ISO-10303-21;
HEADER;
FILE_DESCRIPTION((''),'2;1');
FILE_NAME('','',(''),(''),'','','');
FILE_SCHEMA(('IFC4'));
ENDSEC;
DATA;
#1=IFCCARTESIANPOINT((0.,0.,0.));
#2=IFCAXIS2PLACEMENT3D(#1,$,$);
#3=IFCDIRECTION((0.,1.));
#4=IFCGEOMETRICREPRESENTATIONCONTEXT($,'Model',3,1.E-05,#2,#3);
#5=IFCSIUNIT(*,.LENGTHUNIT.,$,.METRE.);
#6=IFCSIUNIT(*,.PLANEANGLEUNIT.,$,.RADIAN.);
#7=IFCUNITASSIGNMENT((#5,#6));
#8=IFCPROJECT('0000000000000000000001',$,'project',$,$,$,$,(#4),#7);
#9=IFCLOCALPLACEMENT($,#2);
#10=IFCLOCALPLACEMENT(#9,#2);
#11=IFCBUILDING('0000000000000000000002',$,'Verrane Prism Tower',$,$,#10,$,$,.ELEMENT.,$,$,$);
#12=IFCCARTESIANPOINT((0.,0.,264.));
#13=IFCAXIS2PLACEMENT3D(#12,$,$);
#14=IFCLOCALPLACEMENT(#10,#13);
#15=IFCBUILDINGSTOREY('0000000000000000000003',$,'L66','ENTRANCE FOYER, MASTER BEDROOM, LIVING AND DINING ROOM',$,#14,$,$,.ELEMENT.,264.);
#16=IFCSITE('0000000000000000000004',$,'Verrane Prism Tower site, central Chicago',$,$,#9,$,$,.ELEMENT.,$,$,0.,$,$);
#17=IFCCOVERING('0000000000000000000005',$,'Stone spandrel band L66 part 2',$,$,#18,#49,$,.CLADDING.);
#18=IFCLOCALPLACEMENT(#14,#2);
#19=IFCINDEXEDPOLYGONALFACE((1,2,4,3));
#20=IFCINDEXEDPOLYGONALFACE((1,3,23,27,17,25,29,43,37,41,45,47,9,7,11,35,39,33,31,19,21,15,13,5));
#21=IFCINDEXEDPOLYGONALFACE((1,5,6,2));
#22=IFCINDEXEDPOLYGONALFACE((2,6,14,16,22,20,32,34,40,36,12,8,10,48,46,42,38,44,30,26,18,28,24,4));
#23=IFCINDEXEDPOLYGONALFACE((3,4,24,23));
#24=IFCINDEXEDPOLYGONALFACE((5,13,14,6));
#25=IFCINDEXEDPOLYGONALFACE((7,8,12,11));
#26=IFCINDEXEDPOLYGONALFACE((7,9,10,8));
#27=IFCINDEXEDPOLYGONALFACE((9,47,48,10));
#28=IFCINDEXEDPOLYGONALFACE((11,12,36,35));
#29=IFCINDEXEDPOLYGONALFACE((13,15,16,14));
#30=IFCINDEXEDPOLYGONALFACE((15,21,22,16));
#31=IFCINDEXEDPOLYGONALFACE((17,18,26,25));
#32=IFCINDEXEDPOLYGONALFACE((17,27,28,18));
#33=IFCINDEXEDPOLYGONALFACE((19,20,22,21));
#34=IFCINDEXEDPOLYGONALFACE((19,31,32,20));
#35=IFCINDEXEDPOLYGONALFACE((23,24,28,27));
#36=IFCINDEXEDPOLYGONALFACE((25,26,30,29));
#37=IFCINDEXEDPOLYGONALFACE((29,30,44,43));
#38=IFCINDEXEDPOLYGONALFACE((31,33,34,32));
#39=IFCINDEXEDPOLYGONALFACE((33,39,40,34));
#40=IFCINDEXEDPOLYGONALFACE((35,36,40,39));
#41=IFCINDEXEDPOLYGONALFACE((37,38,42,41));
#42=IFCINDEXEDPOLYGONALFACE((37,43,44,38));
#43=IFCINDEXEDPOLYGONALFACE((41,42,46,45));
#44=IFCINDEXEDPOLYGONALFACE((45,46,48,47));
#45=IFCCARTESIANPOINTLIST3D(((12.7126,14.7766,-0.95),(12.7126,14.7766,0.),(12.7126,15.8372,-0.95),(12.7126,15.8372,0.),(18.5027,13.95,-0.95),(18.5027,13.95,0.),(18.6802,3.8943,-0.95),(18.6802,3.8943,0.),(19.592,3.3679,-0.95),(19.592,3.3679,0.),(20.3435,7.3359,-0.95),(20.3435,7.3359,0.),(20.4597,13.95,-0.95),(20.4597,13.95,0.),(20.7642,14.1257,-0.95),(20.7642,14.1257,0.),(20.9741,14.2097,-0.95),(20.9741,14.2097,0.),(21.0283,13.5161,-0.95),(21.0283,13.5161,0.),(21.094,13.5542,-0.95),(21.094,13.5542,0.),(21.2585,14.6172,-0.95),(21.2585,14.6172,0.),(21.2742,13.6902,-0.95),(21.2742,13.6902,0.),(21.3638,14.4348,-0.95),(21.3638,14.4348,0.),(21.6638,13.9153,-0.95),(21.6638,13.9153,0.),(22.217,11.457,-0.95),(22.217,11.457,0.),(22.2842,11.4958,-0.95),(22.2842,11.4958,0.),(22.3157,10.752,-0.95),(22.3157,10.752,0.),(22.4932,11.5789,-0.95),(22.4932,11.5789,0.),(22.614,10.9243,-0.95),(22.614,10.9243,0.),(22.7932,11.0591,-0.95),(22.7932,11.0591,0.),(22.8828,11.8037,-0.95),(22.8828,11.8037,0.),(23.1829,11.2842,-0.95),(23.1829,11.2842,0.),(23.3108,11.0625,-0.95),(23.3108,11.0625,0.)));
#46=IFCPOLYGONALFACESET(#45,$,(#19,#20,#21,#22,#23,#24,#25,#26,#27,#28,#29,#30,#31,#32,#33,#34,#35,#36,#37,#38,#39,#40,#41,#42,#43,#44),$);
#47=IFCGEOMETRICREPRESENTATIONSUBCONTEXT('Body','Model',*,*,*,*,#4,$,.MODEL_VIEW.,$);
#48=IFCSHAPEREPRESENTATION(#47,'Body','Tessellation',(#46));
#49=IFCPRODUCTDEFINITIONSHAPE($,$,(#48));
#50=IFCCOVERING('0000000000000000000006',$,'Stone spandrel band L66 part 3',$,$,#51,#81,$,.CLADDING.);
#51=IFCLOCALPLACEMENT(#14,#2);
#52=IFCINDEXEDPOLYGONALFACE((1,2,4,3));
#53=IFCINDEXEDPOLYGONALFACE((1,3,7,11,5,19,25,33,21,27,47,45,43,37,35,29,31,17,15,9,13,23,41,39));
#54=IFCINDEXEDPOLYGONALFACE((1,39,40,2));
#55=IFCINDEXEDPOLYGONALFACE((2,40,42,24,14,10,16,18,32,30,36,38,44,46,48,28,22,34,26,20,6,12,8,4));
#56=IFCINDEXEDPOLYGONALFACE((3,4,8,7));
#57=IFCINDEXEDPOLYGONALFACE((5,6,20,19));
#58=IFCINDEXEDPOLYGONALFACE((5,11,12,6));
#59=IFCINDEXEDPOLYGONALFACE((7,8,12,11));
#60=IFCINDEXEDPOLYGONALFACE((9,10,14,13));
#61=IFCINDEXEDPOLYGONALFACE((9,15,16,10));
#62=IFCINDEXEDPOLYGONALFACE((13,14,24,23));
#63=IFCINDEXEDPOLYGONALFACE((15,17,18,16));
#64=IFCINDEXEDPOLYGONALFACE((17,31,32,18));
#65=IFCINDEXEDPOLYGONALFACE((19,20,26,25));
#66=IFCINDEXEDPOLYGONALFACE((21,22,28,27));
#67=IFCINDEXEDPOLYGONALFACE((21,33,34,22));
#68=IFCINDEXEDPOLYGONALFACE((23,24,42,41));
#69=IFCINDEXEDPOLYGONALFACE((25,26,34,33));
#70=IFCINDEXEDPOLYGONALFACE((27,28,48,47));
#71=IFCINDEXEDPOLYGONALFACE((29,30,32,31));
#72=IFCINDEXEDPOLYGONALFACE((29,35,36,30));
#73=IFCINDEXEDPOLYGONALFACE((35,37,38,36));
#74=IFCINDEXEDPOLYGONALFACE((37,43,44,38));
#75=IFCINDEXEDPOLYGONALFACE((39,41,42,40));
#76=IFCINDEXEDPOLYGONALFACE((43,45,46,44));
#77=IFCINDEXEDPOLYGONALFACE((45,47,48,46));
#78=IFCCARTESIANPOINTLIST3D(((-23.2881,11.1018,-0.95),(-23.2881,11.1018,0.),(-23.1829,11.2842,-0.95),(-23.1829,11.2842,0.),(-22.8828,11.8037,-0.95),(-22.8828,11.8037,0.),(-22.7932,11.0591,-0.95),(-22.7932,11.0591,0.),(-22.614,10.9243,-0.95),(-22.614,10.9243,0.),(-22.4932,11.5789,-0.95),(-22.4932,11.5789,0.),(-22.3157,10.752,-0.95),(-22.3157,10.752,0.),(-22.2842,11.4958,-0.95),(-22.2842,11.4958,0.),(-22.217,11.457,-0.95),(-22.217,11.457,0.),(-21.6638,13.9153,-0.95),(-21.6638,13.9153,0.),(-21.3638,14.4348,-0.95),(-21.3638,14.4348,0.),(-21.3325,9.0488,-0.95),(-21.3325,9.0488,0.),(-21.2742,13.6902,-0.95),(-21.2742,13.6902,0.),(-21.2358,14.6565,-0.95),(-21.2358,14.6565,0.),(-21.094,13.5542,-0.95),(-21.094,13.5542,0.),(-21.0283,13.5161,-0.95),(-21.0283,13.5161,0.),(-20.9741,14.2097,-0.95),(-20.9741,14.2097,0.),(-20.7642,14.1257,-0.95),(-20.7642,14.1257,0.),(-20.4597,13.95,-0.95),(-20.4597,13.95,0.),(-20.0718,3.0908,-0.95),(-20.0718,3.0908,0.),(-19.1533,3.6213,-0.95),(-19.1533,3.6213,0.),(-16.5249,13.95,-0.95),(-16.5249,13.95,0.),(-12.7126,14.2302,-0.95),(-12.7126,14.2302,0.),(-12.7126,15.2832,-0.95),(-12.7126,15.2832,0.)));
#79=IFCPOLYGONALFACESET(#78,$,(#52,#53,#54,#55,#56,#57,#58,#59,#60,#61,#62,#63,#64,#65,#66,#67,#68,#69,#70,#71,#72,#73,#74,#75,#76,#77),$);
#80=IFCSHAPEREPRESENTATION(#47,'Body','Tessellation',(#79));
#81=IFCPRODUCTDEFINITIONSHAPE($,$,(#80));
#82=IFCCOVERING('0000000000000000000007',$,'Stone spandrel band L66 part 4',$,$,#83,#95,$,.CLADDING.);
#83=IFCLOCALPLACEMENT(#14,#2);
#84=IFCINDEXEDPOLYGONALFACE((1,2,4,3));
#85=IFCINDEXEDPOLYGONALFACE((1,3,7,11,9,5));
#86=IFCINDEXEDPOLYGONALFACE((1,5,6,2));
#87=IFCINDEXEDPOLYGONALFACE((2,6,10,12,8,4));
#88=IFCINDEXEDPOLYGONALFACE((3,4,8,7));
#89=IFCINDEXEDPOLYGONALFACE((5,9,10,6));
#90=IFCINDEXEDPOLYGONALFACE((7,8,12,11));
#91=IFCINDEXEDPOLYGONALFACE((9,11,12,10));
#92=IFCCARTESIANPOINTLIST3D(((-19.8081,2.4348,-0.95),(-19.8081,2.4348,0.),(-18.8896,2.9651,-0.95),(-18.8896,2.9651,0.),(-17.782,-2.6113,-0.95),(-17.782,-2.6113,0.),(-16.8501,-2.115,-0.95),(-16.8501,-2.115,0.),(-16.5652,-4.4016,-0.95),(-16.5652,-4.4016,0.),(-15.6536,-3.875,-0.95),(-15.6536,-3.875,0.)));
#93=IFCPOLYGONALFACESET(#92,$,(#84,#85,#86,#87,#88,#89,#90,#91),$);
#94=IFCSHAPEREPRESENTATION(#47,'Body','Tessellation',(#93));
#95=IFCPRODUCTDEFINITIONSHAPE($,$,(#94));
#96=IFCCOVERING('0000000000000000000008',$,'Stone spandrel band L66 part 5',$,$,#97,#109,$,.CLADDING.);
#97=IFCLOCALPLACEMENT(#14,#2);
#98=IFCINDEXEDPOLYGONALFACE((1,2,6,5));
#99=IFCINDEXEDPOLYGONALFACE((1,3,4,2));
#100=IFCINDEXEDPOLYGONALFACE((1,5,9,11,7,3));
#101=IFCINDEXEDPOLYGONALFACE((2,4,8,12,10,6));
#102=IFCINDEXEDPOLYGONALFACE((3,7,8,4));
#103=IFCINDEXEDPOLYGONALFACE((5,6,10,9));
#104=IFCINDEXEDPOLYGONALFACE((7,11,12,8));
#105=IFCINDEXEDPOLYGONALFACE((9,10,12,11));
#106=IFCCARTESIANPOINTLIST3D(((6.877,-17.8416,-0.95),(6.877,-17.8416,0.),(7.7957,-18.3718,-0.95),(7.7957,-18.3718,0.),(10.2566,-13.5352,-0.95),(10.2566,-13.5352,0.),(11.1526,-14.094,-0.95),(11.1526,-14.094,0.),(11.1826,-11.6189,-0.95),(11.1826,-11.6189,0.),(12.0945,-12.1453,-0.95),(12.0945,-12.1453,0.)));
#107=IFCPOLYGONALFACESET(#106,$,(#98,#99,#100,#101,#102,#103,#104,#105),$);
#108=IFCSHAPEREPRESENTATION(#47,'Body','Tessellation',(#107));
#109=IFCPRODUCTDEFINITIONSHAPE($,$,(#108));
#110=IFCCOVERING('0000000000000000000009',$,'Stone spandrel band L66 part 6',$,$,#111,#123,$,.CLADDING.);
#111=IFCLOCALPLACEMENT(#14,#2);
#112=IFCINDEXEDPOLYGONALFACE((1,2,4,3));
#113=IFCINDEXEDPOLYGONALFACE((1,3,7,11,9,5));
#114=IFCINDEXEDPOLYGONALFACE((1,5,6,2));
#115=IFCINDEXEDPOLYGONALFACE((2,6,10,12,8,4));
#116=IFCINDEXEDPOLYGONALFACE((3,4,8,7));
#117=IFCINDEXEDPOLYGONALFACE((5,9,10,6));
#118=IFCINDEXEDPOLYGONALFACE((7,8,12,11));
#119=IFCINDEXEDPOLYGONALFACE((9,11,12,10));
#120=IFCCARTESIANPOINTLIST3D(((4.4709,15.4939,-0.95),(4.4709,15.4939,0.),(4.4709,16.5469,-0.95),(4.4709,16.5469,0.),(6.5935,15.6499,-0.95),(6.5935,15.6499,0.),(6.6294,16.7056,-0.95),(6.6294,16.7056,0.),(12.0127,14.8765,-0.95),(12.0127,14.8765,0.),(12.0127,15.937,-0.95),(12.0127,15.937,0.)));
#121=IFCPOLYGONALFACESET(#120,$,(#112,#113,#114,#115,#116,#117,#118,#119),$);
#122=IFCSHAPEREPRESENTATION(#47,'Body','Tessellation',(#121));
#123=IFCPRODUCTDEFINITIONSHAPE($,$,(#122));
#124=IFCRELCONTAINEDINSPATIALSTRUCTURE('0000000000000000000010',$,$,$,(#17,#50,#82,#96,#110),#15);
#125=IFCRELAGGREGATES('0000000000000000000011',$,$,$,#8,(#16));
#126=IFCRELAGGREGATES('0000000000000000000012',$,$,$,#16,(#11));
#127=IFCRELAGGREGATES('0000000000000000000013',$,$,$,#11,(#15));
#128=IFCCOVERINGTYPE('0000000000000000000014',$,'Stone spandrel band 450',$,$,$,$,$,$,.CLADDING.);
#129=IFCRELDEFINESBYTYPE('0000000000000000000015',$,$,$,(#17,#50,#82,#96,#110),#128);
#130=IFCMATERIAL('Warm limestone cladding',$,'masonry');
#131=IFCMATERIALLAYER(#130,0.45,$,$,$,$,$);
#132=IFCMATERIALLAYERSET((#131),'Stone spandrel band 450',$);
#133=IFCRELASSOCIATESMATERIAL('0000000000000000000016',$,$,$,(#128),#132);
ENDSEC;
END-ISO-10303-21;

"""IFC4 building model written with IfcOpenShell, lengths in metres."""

from ifc_helpers import new_model, si_unit, direction, frame, origin, place, context, subcontext, project, spatial, polyline, outline, extrude, material, layer, layer_set, type_object, element, save


model = new_model("IFC4")

# Units and contexts
model_context = context("Model", 3, precision=1e-05, world=origin(), true_north=direction((0.0, 1.0)))
body_context = subcontext(model_context, "Body", "Model", "MODEL_VIEW")
ifc_project = project(units=[si_unit("LENGTHUNIT", "METRE"), si_unit("PLANEANGLEUNIT", "RADIAN")], contexts=[model_context])

# Site, building, storey
site_placement = place(None, origin())
site = spatial("IfcSite", under=ifc_project, at=site_placement, Name="Verrane Prism Tower site, central Chicago", CompositionType="ELEMENT", RefElevation=0.0)
building_placement = place(site_placement, origin())
building = spatial("IfcBuilding", under=site, at=building_placement, Name="Verrane Prism Tower", CompositionType="ELEMENT")
storey_placement = place(building_placement, frame((0.0, 0.0, 264.0)))
storey = spatial("IfcBuildingStorey", under=building, at=storey_placement, Name="L66", Description="ENTRANCE FOYER, MASTER BEDROOM, LIVING AND DINING ROOM", CompositionType="ELEMENT", Elevation=264.0)

# Coverings
ifc_material_1 = material(Name="Warm limestone cladding", Category="masonry")
ifc_layer_1 = layer(ifc_material_1, 0.45)
ifc_layer_set_1 = layer_set([ifc_layer_1], Name="Stone spandrel band 450")
covering_type_1 = type_object("IfcCoveringType", Name="Stone spandrel band 450", PredefinedType="CLADDING", material=ifc_layer_set_1)
covering_1_placement = place(storey_placement, frame((0.0, 0.0, -0.95)))
element("IfcCovering", 1, at=covering_1_placement, inside=storey, type_object=covering_type_1, Name="Stone spandrel band L66 part 2", PredefinedType="CLADDING", context=body_context, shape_type="SweptSolid", body=[
    extrude(outline(polyline([(12.7126, 14.7766), (18.5027, 13.95), (20.4597, 13.95), (20.7642, 14.1257), (21.094, 13.5542), (21.0283, 13.5161), (22.217, 11.457), (22.2842, 11.4958), (22.614, 10.9243), (22.3157, 10.752), (20.3435, 7.3359), (18.6802, 3.8943), (19.592, 3.3679), (23.3108, 11.0625), (23.1829, 11.2842), (22.7932, 11.0591), (22.4932, 11.5789), (22.8828, 11.8037), (21.6638, 13.9153), (21.2742, 13.6902), (20.9741, 14.2097), (21.3638, 14.4348), (21.2585, 14.6172), (12.7126, 15.8372), (12.7126, 14.7766)])), origin(), (0.0, 0.0, 1.0), 0.95),
])
covering_2_placement = place(storey_placement, frame((0.0, 0.0, -0.95)))
element("IfcCovering", 2, at=covering_2_placement, inside=storey, type_object=covering_type_1, Name="Stone spandrel band L66 part 3", PredefinedType="CLADDING", context=body_context, shape_type="SweptSolid", body=[
    extrude(outline(polyline([(-19.1533, 3.6213), (-21.3325, 9.0488), (-22.3157, 10.752), (-22.614, 10.9243), (-22.2842, 11.4958), (-22.217, 11.457), (-21.0283, 13.5161), (-21.094, 13.5542), (-20.7642, 14.1257), (-20.4597, 13.95), (-16.5249, 13.95), (-12.7126, 14.2302), (-12.7126, 15.2832), (-21.2358, 14.6565), (-21.3638, 14.4348), (-20.9741, 14.2097), (-21.2742, 13.6902), (-21.6638, 13.9153), (-22.8828, 11.8037), (-22.4932, 11.5789), (-22.7932, 11.0591), (-23.1829, 11.2842), (-23.2881, 11.1018), (-20.0718, 3.0908), (-19.1533, 3.6213)])), origin(), (0.0, 0.0, 1.0), 0.95),
])
covering_3_placement = place(storey_placement, frame((0.0, 0.0, -0.95)))
element("IfcCovering", 3, at=covering_3_placement, inside=storey, type_object=covering_type_1, Name="Stone spandrel band L66 part 4", PredefinedType="CLADDING", context=body_context, shape_type="SweptSolid", body=[
    extrude(outline(polyline([(-15.6536, -3.875), (-16.8501, -2.115), (-18.8896, 2.9651), (-19.8081, 2.4348), (-17.782, -2.6113), (-16.5652, -4.4016), (-15.6536, -3.875)])), origin(), (0.0, 0.0, 1.0), 0.95),
])
covering_4_placement = place(storey_placement, frame((0.0, 0.0, -0.95)))
element("IfcCovering", 4, at=covering_4_placement, inside=storey, type_object=covering_type_1, Name="Stone spandrel band L66 part 5", PredefinedType="CLADDING", context=body_context, shape_type="SweptSolid", body=[
    extrude(outline(polyline([(12.0945, -12.1453), (11.1826, -11.6189), (10.2566, -13.5352), (6.877, -17.8416), (7.7957, -18.3718), (11.1526, -14.094), (12.0945, -12.1453)])), origin(), (0.0, 0.0, 1.0), 0.95),
])
covering_5_placement = place(storey_placement, frame((0.0, 0.0, -0.95)))
element("IfcCovering", 5, at=covering_5_placement, inside=storey, type_object=covering_type_1, Name="Stone spandrel band L66 part 6", PredefinedType="CLADDING", context=body_context, shape_type="SweptSolid", body=[
    extrude(outline(polyline([(4.4709, 16.5469), (4.4709, 15.4939), (6.5935, 15.6499), (12.0127, 14.8765), (12.0127, 15.937), (6.6294, 16.7056), (4.4709, 16.5469)])), origin(), (0.0, 0.0, 1.0), 0.95),
])

save(model, "model.ifc")
